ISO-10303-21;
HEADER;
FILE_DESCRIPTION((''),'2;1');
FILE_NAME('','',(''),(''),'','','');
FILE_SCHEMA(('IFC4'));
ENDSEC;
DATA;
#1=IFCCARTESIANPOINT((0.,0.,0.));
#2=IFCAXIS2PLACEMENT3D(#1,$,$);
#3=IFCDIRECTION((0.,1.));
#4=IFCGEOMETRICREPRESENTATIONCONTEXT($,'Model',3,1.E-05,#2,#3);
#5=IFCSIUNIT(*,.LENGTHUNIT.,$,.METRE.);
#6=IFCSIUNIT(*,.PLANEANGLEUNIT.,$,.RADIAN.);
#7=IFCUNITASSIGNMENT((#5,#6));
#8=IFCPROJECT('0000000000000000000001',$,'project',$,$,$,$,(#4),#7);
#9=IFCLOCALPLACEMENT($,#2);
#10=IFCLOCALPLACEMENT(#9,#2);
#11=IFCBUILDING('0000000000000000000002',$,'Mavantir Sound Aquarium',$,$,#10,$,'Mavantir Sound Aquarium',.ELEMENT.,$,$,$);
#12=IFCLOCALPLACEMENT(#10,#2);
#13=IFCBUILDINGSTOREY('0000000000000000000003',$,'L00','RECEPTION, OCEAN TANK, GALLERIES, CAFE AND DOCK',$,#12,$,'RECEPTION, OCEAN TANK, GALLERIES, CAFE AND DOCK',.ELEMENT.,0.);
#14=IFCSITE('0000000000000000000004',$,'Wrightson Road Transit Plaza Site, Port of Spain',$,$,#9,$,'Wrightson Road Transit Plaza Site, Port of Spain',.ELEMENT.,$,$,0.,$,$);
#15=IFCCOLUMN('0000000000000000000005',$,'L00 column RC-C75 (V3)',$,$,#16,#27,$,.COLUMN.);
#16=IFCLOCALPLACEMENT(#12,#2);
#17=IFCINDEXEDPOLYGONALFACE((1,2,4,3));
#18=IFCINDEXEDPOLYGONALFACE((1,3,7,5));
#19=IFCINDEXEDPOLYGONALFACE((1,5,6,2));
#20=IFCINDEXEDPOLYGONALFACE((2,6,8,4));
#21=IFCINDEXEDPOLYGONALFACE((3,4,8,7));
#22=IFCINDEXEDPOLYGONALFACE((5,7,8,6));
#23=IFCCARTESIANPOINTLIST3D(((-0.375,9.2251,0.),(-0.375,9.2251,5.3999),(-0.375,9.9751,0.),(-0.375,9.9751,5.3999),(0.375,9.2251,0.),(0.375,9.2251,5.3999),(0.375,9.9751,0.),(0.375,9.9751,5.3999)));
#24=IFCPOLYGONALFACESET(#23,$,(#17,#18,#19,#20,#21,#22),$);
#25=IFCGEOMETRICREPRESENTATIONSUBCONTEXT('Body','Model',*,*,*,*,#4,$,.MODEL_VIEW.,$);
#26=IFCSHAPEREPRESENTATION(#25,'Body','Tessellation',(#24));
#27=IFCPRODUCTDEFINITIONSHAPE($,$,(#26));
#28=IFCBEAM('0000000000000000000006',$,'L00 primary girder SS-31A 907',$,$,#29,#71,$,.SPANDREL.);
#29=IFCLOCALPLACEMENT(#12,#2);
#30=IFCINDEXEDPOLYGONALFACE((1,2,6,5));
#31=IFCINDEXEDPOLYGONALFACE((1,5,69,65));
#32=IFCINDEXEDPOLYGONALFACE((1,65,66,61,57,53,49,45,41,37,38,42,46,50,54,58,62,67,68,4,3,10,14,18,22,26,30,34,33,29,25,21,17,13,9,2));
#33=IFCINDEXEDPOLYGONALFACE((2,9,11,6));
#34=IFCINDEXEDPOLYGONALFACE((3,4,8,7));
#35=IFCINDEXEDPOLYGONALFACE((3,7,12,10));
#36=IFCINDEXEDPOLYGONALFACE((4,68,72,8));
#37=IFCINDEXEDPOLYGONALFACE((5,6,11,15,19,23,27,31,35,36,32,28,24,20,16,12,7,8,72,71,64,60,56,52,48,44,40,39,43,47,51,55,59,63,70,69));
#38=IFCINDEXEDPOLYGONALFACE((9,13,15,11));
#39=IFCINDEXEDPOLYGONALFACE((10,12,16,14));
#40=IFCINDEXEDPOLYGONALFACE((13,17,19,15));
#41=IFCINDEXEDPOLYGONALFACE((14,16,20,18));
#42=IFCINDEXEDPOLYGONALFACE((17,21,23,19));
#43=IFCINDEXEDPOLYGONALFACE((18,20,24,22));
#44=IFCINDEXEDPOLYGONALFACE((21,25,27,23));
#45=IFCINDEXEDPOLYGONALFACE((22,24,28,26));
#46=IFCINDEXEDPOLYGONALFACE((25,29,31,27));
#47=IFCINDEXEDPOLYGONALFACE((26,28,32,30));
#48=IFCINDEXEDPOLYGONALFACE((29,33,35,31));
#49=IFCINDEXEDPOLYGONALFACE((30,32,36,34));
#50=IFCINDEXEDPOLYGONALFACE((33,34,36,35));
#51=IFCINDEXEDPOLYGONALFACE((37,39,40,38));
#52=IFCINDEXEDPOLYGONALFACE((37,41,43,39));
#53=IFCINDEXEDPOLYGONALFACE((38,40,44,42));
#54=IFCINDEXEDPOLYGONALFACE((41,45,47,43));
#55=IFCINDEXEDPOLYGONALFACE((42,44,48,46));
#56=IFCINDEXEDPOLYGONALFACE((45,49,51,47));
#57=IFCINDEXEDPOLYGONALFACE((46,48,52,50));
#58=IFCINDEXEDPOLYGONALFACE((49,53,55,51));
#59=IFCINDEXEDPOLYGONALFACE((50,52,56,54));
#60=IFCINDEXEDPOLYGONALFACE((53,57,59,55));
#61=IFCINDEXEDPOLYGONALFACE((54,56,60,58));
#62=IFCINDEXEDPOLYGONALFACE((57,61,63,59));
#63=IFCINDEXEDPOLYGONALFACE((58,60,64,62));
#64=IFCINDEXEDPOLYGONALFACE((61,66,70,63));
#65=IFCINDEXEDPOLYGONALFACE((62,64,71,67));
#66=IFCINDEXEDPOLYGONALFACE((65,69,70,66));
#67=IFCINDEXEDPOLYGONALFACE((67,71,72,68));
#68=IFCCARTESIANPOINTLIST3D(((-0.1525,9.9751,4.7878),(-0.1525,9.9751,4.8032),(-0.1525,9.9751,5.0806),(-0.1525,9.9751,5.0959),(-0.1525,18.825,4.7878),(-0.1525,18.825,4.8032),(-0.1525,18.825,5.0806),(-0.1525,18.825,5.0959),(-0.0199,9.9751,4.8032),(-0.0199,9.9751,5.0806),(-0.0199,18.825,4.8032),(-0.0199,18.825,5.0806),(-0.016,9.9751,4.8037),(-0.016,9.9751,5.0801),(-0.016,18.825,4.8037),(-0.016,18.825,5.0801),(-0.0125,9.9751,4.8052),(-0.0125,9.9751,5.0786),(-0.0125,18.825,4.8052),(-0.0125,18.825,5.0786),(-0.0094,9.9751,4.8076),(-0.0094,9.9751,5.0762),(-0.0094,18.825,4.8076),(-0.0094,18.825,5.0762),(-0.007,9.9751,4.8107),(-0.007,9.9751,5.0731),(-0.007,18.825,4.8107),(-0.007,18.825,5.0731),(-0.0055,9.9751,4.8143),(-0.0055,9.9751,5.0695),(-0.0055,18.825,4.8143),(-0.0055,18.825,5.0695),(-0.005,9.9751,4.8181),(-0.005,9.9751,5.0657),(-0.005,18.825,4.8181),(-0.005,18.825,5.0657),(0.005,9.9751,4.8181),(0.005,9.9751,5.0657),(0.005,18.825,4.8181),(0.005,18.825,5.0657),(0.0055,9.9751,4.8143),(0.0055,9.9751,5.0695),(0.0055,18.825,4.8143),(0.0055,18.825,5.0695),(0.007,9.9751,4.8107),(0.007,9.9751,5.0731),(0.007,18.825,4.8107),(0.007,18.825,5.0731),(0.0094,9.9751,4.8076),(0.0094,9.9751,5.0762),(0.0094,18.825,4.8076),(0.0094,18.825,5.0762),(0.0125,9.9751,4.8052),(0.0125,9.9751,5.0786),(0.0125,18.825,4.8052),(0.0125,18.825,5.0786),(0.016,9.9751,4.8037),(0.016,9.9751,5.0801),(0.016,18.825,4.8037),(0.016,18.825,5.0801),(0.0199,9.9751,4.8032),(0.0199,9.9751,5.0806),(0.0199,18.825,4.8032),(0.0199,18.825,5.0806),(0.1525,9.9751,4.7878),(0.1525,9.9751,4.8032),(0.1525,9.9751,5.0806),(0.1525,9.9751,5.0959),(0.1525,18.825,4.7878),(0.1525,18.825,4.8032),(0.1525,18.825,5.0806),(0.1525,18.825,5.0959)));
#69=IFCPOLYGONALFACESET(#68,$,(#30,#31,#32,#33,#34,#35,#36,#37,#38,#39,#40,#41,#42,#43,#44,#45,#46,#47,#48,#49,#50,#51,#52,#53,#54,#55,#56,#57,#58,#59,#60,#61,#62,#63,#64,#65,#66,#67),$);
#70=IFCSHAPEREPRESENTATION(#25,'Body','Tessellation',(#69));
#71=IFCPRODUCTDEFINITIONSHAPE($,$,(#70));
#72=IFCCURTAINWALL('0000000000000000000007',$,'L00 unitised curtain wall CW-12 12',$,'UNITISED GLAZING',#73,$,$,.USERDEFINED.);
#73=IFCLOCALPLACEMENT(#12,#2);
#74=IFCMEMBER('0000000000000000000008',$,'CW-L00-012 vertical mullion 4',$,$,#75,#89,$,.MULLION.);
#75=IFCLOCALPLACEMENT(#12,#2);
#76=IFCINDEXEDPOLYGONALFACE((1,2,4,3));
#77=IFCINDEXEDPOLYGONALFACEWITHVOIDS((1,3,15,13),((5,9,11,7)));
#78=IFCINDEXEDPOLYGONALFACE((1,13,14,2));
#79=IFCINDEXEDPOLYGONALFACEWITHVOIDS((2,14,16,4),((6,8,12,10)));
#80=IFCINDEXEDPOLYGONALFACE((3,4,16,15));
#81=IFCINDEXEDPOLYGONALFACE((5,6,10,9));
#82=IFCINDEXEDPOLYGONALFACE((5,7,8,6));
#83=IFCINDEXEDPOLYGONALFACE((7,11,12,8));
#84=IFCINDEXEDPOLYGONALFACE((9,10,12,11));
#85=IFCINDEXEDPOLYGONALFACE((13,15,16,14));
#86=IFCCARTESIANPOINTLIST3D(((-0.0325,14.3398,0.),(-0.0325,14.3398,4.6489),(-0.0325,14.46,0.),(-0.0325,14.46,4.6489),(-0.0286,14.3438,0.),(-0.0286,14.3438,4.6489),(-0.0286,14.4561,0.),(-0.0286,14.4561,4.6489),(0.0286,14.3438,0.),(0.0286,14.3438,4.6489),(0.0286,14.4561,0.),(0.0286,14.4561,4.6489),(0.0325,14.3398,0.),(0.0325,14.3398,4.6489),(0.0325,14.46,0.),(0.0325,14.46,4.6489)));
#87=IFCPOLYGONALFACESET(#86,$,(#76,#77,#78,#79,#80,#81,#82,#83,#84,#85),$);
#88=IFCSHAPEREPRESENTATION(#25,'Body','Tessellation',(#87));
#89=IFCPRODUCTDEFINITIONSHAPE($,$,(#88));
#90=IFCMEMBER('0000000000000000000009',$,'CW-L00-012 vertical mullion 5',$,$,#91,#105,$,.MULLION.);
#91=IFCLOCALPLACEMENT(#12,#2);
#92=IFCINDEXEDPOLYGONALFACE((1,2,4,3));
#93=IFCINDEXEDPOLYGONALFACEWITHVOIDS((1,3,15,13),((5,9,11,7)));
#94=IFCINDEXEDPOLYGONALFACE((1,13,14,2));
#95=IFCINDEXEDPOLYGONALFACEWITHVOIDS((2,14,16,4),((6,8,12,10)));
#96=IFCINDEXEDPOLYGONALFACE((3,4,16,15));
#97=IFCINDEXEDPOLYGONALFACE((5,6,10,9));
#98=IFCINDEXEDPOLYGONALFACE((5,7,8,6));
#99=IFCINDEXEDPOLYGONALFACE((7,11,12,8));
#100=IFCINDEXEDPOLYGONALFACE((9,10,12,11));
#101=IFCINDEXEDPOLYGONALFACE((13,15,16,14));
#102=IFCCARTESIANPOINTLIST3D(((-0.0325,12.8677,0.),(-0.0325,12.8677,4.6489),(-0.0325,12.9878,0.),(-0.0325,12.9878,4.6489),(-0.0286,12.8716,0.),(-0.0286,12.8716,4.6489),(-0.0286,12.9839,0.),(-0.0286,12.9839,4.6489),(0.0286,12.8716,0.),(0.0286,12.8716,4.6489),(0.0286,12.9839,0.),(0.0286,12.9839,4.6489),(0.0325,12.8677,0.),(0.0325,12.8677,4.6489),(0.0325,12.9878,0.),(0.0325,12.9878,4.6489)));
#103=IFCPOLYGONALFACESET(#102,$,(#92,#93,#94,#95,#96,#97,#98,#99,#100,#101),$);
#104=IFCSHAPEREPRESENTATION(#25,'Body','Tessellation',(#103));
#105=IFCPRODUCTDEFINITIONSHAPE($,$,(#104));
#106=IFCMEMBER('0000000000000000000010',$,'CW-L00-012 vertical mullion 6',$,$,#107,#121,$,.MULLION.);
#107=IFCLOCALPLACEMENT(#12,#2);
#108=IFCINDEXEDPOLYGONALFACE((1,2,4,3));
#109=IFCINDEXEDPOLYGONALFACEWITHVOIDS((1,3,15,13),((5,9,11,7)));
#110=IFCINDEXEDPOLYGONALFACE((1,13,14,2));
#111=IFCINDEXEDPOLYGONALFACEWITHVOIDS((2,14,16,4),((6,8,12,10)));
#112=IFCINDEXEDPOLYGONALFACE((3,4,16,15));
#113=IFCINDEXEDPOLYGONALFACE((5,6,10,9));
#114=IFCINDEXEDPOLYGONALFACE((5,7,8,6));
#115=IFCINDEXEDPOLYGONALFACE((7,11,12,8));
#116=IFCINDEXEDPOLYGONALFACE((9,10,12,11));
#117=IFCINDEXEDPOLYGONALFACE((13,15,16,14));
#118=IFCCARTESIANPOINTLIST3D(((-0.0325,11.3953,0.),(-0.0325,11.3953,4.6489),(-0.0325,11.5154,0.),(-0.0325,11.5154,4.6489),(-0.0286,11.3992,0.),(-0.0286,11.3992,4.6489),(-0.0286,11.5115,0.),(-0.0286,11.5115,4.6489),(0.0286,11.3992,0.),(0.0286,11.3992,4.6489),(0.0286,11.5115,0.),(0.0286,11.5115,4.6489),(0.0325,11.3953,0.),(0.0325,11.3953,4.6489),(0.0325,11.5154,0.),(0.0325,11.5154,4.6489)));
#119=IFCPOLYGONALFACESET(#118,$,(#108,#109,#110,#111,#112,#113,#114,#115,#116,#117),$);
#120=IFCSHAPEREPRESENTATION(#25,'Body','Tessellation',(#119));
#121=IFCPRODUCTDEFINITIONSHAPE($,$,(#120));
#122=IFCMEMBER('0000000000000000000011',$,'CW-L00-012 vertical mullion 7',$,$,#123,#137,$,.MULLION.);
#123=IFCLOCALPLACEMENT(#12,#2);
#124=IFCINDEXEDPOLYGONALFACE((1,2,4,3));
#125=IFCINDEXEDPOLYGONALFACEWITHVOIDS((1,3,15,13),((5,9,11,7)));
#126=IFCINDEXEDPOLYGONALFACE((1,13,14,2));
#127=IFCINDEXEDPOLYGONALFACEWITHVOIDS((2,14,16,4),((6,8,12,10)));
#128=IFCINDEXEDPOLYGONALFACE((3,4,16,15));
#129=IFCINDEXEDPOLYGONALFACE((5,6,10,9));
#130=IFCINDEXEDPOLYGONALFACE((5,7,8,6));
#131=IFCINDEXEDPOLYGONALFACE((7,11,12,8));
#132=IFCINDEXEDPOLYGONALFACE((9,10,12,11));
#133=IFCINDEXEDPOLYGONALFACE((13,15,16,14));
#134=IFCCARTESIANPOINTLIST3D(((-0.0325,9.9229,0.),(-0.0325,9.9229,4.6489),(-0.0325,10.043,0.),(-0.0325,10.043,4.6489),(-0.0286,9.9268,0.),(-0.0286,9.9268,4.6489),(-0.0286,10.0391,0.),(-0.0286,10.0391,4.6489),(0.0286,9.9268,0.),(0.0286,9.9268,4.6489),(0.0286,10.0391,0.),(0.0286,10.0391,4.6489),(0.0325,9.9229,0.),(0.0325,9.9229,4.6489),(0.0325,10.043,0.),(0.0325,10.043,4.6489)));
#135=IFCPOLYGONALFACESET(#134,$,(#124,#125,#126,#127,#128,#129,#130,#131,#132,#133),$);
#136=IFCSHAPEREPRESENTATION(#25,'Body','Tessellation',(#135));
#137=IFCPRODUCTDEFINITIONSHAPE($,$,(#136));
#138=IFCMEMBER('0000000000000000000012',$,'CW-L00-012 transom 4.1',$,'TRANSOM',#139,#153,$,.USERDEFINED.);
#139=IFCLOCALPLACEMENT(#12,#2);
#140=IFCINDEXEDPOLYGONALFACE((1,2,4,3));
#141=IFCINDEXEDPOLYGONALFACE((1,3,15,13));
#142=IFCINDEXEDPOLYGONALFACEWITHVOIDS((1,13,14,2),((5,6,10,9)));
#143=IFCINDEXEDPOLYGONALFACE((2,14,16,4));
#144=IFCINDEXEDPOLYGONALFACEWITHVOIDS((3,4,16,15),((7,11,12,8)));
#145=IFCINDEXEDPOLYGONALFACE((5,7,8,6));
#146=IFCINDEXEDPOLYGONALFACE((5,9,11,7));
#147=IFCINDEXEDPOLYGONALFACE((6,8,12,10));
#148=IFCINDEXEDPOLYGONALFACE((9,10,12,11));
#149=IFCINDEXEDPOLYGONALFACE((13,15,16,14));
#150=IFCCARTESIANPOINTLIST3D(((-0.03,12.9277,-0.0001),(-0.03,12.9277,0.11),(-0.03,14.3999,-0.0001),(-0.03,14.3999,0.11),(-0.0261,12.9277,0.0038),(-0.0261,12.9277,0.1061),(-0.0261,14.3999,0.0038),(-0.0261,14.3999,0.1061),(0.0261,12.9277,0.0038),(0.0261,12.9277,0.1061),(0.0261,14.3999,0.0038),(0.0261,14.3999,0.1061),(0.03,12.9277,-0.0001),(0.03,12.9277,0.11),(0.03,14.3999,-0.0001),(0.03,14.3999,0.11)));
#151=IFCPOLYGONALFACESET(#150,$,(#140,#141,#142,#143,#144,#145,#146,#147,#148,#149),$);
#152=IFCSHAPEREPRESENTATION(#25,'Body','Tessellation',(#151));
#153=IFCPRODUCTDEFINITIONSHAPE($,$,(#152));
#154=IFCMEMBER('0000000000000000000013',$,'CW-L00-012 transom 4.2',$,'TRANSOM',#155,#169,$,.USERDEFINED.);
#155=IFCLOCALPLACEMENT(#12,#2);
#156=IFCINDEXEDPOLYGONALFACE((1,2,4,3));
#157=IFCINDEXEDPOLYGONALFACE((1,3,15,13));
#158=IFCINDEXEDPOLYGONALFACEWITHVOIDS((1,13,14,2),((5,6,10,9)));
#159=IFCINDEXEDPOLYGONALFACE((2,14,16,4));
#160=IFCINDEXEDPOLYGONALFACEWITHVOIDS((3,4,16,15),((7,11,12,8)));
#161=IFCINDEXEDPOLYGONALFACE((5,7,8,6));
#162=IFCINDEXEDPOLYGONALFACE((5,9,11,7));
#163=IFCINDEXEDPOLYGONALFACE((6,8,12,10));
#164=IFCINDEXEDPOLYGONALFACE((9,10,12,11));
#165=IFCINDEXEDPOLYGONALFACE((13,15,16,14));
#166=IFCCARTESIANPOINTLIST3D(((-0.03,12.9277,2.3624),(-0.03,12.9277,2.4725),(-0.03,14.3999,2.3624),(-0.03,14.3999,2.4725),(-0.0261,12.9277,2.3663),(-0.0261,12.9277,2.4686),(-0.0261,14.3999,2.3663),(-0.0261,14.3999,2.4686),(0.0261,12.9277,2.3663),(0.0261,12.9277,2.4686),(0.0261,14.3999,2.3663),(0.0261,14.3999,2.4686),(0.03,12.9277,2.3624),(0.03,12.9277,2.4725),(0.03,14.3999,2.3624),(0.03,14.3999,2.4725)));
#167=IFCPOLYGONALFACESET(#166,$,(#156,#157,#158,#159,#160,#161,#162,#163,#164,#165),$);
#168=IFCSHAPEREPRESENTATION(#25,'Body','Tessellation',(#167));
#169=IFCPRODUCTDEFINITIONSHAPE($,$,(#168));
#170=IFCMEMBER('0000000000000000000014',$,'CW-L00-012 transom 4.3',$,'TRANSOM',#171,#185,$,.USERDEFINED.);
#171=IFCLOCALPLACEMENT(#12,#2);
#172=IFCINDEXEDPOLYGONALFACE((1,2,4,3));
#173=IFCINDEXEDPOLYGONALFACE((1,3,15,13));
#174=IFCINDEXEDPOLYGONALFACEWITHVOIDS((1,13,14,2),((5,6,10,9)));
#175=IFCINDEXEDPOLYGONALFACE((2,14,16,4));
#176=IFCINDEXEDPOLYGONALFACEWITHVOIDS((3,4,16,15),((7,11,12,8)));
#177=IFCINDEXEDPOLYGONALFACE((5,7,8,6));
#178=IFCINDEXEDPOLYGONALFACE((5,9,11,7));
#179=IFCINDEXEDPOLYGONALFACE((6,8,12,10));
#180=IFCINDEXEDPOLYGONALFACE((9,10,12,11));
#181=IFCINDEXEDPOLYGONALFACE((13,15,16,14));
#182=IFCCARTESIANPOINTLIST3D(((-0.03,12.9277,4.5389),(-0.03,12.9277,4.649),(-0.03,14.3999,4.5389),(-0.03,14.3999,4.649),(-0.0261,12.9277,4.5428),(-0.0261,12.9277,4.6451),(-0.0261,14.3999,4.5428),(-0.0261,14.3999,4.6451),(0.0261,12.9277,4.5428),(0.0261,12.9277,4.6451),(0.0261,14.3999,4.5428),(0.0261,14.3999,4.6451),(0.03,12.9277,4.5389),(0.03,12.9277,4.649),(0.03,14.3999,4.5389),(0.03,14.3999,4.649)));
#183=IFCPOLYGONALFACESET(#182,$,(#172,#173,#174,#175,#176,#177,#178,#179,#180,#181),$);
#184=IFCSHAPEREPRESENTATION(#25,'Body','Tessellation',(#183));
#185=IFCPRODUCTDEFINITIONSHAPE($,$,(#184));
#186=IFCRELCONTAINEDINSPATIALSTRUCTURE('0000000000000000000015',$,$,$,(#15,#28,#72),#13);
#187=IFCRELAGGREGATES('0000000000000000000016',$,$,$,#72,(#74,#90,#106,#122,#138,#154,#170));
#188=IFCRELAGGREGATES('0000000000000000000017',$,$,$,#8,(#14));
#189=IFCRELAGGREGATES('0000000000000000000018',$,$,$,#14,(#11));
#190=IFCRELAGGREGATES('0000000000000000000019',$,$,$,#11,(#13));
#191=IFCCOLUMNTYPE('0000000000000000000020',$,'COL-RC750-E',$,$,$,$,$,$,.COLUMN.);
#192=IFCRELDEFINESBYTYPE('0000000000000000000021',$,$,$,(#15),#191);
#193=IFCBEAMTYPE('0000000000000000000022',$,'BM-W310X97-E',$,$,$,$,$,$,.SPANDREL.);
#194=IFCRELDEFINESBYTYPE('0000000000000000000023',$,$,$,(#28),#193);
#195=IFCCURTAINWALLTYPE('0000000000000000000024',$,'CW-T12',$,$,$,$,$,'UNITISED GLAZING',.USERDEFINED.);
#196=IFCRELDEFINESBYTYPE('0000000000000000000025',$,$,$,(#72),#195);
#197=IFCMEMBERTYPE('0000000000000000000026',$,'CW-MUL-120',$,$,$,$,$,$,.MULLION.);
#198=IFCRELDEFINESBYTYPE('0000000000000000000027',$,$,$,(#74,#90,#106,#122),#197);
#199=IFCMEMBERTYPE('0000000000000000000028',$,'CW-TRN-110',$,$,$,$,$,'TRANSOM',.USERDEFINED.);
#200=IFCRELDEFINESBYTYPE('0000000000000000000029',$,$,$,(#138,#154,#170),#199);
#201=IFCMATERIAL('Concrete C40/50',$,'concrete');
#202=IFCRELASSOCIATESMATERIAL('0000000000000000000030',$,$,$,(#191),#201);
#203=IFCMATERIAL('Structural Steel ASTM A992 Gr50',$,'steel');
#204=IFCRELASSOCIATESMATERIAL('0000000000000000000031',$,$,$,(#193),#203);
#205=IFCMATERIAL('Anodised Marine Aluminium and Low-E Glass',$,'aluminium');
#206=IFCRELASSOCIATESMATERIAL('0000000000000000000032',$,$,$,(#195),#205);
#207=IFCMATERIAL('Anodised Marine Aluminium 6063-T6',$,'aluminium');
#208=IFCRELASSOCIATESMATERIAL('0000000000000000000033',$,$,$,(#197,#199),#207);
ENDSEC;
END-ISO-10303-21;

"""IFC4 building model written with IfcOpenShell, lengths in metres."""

from ifc_helpers import new_model, si_unit, direction, frame, origin, origin_2d, place, context, subcontext, project, spatial, rectangle, hollow_rectangle, i_section, extrude, material, material_profile, profile_set, type_object, element, aggregate, save


model = new_model("IFC4")

# Units and contexts
model_context = context("Model", 3, precision=1e-05, world=origin(), true_north=direction((0.0, 1.0)))
body_context = subcontext(model_context, "Body", "Model", "MODEL_VIEW")
ifc_project = project(units=[si_unit("LENGTHUNIT", "METRE"), si_unit("PLANEANGLEUNIT", "RADIAN")], contexts=[model_context])

# Site, building, storey
site_placement = place(None, origin())
site = spatial("IfcSite", under=ifc_project, at=site_placement, Name="Wrightson Road Transit Plaza Site, Port of Spain", LongName="Wrightson Road Transit Plaza Site, Port of Spain", CompositionType="ELEMENT", RefElevation=0.0)
building_placement = place(site_placement, origin())
building = spatial("IfcBuilding", under=site, at=building_placement, Name="Mavantir Sound Aquarium", LongName="Mavantir Sound Aquarium", CompositionType="ELEMENT")
storey_placement = place(building_placement, origin())
storey = spatial("IfcBuildingStorey", under=building, at=storey_placement, Name="L00", Description="RECEPTION, OCEAN TANK, GALLERIES, CAFE AND DOCK", LongName="RECEPTION, OCEAN TANK, GALLERIES, CAFE AND DOCK", CompositionType="ELEMENT", Elevation=0.0)

# Column
ifc_material_1 = material(Name="Concrete C40/50", Category="concrete")
ifc_material_profile_1 = material_profile(ifc_material_1, rectangle(XDim=0.75, YDim=0.75, at=origin_2d()), Name="RC 750X750")
ifc_profile_set_1 = profile_set([ifc_material_profile_1], Name="Concrete C40/50")
column_type = type_object("IfcColumnType", Name="COL-RC750-E", PredefinedType="COLUMN", material=ifc_profile_set_1)
column_placement = place(storey_placement, frame((0.0, 9.6001, 0.0), z_axis=(0.0, 0.0, 1.0), x_axis=(1.0, 0.0, 0.0)))
element("IfcColumn", 1, at=column_placement, inside=storey, type_object=column_type, Name="L00 column RC-C75 (V3)", PredefinedType="COLUMN", context=body_context, shape_type="SweptSolid", body=[
    extrude(rectangle(XDim=0.75, YDim=0.75, at=origin_2d()), origin(), (0.0, 0.0, 1.0), 5.3999),
])

# Beam
ifc_material_2 = material(Name="Structural Steel ASTM A992 Gr50", Category="steel")
ifc_material_profile_2 = material_profile(ifc_material_2, i_section(OverallWidth=0.3049, OverallDepth=0.3081, WebThickness=0.01, FlangeThickness=0.0154, FilletRadius=0.0149, at=origin_2d()), Name="W310X97")
ifc_profile_set_2 = profile_set([ifc_material_profile_2], Name="Structural Steel ASTM A992 Gr50")
beam_type = type_object("IfcBeamType", Name="BM-W310X97-E", PredefinedType="SPANDREL", material=ifc_profile_set_2)
beam_placement = place(storey_placement, frame((0.0, 9.9751, 4.9419), z_axis=(0.0, 1.0, 0.0), x_axis=(-1.0, 0.0, 0.0)))
element("IfcBeam", 2, at=beam_placement, inside=storey, type_object=beam_type, Name="L00 primary girder SS-31A 907", PredefinedType="SPANDREL", context=body_context, shape_type="SweptSolid", body=[
    extrude(i_section(OverallWidth=0.3049, OverallDepth=0.3081, WebThickness=0.01, FlangeThickness=0.0154, FilletRadius=0.0149, at=origin_2d()), origin(), (0.0, 0.0, 1.0), 8.8499),
])

# Curtain wall, members
ifc_material_3 = material(Name="Anodised Marine Aluminium and Low-E Glass", Category="aluminium")
curtain_wall_type_1 = type_object("IfcCurtainWallType", Name="CW-T12", ElementType="UNITISED GLAZING", PredefinedType="USERDEFINED", material=ifc_material_3)
curtain_wall_1_placement = place(storey_placement, origin())
curtain_wall_1 = element("IfcCurtainWall", 3, at=curtain_wall_1_placement, inside=storey, type_object=curtain_wall_type_1, Name="L00 unitised curtain wall CW-12 12", ObjectType="UNITISED GLAZING", PredefinedType="USERDEFINED")
ifc_material_4 = material(Name="Anodised Marine Aluminium 6063-T6", Category="aluminium")
ifc_material_profile_3 = material_profile(ifc_material_4, hollow_rectangle(XDim=0.0649, YDim=0.1201, WallThickness=0.0039, at=origin_2d()), Name="ALU-MULLION-120X65")
ifc_profile_set_3 = profile_set([ifc_material_profile_3], Name="Anodised Marine Aluminium 6063-T6")
member_type_1 = type_object("IfcMemberType", Name="CW-MUL-120", PredefinedType="MULLION", material=ifc_profile_set_3)
member_1_placement = place(storey_placement, frame((0.0, 14.3999, 0.0), z_axis=(0.0, 0.0, 1.0), x_axis=(1.0, 0.0, 0.0)))
member_1 = element("IfcMember", 4, at=member_1_placement, type_object=member_type_1, Name="CW-L00-012 vertical mullion 4", PredefinedType="MULLION", context=body_context, shape_type="SweptSolid", body=[
    extrude(hollow_rectangle(XDim=0.0649, YDim=0.1201, WallThickness=0.0039, at=origin_2d()), origin(), (0.0, 0.0, 1.0), 4.6489),
])
member_2_placement = place(storey_placement, frame((0.0, 12.9277, 0.0), z_axis=(0.0, 0.0, 1.0), x_axis=(1.0, 0.0, 0.0)))
member_2 = element("IfcMember", 5, at=member_2_placement, type_object=member_type_1, Name="CW-L00-012 vertical mullion 5", PredefinedType="MULLION", context=body_context, shape_type="SweptSolid", body=[
    extrude(hollow_rectangle(XDim=0.0649, YDim=0.1201, WallThickness=0.0039, at=origin_2d()), origin(), (0.0, 0.0, 1.0), 4.6489),
])
member_3_placement = place(storey_placement, frame((0.0, 11.4553, 0.0), z_axis=(0.0, 0.0, 1.0), x_axis=(1.0, 0.0, 0.0)))
member_3 = element("IfcMember", 6, at=member_3_placement, type_object=member_type_1, Name="CW-L00-012 vertical mullion 6", PredefinedType="MULLION", context=body_context, shape_type="SweptSolid", body=[
    extrude(hollow_rectangle(XDim=0.0649, YDim=0.1201, WallThickness=0.0039, at=origin_2d()), origin(), (0.0, 0.0, 1.0), 4.6489),
])
member_4_placement = place(storey_placement, frame((0.0, 9.9829, 0.0), z_axis=(0.0, 0.0, 1.0), x_axis=(1.0, 0.0, 0.0)))
member_4 = element("IfcMember", 7, at=member_4_placement, type_object=member_type_1, Name="CW-L00-012 vertical mullion 7", PredefinedType="MULLION", context=body_context, shape_type="SweptSolid", body=[
    extrude(hollow_rectangle(XDim=0.0649, YDim=0.1201, WallThickness=0.0039, at=origin_2d()), origin(), (0.0, 0.0, 1.0), 4.6489),
])
ifc_material_profile_4 = material_profile(ifc_material_4, hollow_rectangle(XDim=0.0601, YDim=0.1101, WallThickness=0.0039, at=origin_2d()), Name="ALU-TRANSOM-110X60")
ifc_profile_set_4 = profile_set([ifc_material_profile_4], Name="Anodised Marine Aluminium 6063-T6")
member_type_2 = type_object("IfcMemberType", Name="CW-TRN-110", ElementType="TRANSOM", PredefinedType="USERDEFINED", material=ifc_profile_set_4)
member_5_placement = place(storey_placement, frame((0.0, 14.3999, 0.0549), z_axis=(0.0, -1.0, 0.0), x_axis=(1.0, 0.0, 0.0)))
member_5 = element("IfcMember", 8, at=member_5_placement, type_object=member_type_2, Name="CW-L00-012 transom 4.1", ObjectType="TRANSOM", PredefinedType="USERDEFINED", context=body_context, shape_type="SweptSolid", body=[
    extrude(hollow_rectangle(XDim=0.0601, YDim=0.1101, WallThickness=0.0039, at=origin_2d()), origin(), (0.0, 0.0, 1.0), 1.4722),
])
member_6_placement = place(storey_placement, frame((0.0, 14.3999, 2.4175), z_axis=(0.0, -1.0, 0.0), x_axis=(1.0, 0.0, 0.0)))
member_6 = element("IfcMember", 9, at=member_6_placement, type_object=member_type_2, Name="CW-L00-012 transom 4.2", ObjectType="TRANSOM", PredefinedType="USERDEFINED", context=body_context, shape_type="SweptSolid", body=[
    extrude(hollow_rectangle(XDim=0.0601, YDim=0.1101, WallThickness=0.0039, at=origin_2d()), origin(), (0.0, 0.0, 1.0), 1.4722),
])
member_7_placement = place(storey_placement, frame((0.0, 14.3999, 4.594), z_axis=(0.0, -1.0, 0.0), x_axis=(1.0, 0.0, 0.0)))
member_7 = element("IfcMember", 10, at=member_7_placement, type_object=member_type_2, Name="CW-L00-012 transom 4.3", ObjectType="TRANSOM", PredefinedType="USERDEFINED", context=body_context, shape_type="SweptSolid", body=[
    extrude(hollow_rectangle(XDim=0.0601, YDim=0.1101, WallThickness=0.0039, at=origin_2d()), origin(), (0.0, 0.0, 1.0), 1.4722),
])

aggregate(curtain_wall_1, [member_1, member_2, member_3, member_4, member_5, member_6, member_7])

save(model, "model.ifc")
